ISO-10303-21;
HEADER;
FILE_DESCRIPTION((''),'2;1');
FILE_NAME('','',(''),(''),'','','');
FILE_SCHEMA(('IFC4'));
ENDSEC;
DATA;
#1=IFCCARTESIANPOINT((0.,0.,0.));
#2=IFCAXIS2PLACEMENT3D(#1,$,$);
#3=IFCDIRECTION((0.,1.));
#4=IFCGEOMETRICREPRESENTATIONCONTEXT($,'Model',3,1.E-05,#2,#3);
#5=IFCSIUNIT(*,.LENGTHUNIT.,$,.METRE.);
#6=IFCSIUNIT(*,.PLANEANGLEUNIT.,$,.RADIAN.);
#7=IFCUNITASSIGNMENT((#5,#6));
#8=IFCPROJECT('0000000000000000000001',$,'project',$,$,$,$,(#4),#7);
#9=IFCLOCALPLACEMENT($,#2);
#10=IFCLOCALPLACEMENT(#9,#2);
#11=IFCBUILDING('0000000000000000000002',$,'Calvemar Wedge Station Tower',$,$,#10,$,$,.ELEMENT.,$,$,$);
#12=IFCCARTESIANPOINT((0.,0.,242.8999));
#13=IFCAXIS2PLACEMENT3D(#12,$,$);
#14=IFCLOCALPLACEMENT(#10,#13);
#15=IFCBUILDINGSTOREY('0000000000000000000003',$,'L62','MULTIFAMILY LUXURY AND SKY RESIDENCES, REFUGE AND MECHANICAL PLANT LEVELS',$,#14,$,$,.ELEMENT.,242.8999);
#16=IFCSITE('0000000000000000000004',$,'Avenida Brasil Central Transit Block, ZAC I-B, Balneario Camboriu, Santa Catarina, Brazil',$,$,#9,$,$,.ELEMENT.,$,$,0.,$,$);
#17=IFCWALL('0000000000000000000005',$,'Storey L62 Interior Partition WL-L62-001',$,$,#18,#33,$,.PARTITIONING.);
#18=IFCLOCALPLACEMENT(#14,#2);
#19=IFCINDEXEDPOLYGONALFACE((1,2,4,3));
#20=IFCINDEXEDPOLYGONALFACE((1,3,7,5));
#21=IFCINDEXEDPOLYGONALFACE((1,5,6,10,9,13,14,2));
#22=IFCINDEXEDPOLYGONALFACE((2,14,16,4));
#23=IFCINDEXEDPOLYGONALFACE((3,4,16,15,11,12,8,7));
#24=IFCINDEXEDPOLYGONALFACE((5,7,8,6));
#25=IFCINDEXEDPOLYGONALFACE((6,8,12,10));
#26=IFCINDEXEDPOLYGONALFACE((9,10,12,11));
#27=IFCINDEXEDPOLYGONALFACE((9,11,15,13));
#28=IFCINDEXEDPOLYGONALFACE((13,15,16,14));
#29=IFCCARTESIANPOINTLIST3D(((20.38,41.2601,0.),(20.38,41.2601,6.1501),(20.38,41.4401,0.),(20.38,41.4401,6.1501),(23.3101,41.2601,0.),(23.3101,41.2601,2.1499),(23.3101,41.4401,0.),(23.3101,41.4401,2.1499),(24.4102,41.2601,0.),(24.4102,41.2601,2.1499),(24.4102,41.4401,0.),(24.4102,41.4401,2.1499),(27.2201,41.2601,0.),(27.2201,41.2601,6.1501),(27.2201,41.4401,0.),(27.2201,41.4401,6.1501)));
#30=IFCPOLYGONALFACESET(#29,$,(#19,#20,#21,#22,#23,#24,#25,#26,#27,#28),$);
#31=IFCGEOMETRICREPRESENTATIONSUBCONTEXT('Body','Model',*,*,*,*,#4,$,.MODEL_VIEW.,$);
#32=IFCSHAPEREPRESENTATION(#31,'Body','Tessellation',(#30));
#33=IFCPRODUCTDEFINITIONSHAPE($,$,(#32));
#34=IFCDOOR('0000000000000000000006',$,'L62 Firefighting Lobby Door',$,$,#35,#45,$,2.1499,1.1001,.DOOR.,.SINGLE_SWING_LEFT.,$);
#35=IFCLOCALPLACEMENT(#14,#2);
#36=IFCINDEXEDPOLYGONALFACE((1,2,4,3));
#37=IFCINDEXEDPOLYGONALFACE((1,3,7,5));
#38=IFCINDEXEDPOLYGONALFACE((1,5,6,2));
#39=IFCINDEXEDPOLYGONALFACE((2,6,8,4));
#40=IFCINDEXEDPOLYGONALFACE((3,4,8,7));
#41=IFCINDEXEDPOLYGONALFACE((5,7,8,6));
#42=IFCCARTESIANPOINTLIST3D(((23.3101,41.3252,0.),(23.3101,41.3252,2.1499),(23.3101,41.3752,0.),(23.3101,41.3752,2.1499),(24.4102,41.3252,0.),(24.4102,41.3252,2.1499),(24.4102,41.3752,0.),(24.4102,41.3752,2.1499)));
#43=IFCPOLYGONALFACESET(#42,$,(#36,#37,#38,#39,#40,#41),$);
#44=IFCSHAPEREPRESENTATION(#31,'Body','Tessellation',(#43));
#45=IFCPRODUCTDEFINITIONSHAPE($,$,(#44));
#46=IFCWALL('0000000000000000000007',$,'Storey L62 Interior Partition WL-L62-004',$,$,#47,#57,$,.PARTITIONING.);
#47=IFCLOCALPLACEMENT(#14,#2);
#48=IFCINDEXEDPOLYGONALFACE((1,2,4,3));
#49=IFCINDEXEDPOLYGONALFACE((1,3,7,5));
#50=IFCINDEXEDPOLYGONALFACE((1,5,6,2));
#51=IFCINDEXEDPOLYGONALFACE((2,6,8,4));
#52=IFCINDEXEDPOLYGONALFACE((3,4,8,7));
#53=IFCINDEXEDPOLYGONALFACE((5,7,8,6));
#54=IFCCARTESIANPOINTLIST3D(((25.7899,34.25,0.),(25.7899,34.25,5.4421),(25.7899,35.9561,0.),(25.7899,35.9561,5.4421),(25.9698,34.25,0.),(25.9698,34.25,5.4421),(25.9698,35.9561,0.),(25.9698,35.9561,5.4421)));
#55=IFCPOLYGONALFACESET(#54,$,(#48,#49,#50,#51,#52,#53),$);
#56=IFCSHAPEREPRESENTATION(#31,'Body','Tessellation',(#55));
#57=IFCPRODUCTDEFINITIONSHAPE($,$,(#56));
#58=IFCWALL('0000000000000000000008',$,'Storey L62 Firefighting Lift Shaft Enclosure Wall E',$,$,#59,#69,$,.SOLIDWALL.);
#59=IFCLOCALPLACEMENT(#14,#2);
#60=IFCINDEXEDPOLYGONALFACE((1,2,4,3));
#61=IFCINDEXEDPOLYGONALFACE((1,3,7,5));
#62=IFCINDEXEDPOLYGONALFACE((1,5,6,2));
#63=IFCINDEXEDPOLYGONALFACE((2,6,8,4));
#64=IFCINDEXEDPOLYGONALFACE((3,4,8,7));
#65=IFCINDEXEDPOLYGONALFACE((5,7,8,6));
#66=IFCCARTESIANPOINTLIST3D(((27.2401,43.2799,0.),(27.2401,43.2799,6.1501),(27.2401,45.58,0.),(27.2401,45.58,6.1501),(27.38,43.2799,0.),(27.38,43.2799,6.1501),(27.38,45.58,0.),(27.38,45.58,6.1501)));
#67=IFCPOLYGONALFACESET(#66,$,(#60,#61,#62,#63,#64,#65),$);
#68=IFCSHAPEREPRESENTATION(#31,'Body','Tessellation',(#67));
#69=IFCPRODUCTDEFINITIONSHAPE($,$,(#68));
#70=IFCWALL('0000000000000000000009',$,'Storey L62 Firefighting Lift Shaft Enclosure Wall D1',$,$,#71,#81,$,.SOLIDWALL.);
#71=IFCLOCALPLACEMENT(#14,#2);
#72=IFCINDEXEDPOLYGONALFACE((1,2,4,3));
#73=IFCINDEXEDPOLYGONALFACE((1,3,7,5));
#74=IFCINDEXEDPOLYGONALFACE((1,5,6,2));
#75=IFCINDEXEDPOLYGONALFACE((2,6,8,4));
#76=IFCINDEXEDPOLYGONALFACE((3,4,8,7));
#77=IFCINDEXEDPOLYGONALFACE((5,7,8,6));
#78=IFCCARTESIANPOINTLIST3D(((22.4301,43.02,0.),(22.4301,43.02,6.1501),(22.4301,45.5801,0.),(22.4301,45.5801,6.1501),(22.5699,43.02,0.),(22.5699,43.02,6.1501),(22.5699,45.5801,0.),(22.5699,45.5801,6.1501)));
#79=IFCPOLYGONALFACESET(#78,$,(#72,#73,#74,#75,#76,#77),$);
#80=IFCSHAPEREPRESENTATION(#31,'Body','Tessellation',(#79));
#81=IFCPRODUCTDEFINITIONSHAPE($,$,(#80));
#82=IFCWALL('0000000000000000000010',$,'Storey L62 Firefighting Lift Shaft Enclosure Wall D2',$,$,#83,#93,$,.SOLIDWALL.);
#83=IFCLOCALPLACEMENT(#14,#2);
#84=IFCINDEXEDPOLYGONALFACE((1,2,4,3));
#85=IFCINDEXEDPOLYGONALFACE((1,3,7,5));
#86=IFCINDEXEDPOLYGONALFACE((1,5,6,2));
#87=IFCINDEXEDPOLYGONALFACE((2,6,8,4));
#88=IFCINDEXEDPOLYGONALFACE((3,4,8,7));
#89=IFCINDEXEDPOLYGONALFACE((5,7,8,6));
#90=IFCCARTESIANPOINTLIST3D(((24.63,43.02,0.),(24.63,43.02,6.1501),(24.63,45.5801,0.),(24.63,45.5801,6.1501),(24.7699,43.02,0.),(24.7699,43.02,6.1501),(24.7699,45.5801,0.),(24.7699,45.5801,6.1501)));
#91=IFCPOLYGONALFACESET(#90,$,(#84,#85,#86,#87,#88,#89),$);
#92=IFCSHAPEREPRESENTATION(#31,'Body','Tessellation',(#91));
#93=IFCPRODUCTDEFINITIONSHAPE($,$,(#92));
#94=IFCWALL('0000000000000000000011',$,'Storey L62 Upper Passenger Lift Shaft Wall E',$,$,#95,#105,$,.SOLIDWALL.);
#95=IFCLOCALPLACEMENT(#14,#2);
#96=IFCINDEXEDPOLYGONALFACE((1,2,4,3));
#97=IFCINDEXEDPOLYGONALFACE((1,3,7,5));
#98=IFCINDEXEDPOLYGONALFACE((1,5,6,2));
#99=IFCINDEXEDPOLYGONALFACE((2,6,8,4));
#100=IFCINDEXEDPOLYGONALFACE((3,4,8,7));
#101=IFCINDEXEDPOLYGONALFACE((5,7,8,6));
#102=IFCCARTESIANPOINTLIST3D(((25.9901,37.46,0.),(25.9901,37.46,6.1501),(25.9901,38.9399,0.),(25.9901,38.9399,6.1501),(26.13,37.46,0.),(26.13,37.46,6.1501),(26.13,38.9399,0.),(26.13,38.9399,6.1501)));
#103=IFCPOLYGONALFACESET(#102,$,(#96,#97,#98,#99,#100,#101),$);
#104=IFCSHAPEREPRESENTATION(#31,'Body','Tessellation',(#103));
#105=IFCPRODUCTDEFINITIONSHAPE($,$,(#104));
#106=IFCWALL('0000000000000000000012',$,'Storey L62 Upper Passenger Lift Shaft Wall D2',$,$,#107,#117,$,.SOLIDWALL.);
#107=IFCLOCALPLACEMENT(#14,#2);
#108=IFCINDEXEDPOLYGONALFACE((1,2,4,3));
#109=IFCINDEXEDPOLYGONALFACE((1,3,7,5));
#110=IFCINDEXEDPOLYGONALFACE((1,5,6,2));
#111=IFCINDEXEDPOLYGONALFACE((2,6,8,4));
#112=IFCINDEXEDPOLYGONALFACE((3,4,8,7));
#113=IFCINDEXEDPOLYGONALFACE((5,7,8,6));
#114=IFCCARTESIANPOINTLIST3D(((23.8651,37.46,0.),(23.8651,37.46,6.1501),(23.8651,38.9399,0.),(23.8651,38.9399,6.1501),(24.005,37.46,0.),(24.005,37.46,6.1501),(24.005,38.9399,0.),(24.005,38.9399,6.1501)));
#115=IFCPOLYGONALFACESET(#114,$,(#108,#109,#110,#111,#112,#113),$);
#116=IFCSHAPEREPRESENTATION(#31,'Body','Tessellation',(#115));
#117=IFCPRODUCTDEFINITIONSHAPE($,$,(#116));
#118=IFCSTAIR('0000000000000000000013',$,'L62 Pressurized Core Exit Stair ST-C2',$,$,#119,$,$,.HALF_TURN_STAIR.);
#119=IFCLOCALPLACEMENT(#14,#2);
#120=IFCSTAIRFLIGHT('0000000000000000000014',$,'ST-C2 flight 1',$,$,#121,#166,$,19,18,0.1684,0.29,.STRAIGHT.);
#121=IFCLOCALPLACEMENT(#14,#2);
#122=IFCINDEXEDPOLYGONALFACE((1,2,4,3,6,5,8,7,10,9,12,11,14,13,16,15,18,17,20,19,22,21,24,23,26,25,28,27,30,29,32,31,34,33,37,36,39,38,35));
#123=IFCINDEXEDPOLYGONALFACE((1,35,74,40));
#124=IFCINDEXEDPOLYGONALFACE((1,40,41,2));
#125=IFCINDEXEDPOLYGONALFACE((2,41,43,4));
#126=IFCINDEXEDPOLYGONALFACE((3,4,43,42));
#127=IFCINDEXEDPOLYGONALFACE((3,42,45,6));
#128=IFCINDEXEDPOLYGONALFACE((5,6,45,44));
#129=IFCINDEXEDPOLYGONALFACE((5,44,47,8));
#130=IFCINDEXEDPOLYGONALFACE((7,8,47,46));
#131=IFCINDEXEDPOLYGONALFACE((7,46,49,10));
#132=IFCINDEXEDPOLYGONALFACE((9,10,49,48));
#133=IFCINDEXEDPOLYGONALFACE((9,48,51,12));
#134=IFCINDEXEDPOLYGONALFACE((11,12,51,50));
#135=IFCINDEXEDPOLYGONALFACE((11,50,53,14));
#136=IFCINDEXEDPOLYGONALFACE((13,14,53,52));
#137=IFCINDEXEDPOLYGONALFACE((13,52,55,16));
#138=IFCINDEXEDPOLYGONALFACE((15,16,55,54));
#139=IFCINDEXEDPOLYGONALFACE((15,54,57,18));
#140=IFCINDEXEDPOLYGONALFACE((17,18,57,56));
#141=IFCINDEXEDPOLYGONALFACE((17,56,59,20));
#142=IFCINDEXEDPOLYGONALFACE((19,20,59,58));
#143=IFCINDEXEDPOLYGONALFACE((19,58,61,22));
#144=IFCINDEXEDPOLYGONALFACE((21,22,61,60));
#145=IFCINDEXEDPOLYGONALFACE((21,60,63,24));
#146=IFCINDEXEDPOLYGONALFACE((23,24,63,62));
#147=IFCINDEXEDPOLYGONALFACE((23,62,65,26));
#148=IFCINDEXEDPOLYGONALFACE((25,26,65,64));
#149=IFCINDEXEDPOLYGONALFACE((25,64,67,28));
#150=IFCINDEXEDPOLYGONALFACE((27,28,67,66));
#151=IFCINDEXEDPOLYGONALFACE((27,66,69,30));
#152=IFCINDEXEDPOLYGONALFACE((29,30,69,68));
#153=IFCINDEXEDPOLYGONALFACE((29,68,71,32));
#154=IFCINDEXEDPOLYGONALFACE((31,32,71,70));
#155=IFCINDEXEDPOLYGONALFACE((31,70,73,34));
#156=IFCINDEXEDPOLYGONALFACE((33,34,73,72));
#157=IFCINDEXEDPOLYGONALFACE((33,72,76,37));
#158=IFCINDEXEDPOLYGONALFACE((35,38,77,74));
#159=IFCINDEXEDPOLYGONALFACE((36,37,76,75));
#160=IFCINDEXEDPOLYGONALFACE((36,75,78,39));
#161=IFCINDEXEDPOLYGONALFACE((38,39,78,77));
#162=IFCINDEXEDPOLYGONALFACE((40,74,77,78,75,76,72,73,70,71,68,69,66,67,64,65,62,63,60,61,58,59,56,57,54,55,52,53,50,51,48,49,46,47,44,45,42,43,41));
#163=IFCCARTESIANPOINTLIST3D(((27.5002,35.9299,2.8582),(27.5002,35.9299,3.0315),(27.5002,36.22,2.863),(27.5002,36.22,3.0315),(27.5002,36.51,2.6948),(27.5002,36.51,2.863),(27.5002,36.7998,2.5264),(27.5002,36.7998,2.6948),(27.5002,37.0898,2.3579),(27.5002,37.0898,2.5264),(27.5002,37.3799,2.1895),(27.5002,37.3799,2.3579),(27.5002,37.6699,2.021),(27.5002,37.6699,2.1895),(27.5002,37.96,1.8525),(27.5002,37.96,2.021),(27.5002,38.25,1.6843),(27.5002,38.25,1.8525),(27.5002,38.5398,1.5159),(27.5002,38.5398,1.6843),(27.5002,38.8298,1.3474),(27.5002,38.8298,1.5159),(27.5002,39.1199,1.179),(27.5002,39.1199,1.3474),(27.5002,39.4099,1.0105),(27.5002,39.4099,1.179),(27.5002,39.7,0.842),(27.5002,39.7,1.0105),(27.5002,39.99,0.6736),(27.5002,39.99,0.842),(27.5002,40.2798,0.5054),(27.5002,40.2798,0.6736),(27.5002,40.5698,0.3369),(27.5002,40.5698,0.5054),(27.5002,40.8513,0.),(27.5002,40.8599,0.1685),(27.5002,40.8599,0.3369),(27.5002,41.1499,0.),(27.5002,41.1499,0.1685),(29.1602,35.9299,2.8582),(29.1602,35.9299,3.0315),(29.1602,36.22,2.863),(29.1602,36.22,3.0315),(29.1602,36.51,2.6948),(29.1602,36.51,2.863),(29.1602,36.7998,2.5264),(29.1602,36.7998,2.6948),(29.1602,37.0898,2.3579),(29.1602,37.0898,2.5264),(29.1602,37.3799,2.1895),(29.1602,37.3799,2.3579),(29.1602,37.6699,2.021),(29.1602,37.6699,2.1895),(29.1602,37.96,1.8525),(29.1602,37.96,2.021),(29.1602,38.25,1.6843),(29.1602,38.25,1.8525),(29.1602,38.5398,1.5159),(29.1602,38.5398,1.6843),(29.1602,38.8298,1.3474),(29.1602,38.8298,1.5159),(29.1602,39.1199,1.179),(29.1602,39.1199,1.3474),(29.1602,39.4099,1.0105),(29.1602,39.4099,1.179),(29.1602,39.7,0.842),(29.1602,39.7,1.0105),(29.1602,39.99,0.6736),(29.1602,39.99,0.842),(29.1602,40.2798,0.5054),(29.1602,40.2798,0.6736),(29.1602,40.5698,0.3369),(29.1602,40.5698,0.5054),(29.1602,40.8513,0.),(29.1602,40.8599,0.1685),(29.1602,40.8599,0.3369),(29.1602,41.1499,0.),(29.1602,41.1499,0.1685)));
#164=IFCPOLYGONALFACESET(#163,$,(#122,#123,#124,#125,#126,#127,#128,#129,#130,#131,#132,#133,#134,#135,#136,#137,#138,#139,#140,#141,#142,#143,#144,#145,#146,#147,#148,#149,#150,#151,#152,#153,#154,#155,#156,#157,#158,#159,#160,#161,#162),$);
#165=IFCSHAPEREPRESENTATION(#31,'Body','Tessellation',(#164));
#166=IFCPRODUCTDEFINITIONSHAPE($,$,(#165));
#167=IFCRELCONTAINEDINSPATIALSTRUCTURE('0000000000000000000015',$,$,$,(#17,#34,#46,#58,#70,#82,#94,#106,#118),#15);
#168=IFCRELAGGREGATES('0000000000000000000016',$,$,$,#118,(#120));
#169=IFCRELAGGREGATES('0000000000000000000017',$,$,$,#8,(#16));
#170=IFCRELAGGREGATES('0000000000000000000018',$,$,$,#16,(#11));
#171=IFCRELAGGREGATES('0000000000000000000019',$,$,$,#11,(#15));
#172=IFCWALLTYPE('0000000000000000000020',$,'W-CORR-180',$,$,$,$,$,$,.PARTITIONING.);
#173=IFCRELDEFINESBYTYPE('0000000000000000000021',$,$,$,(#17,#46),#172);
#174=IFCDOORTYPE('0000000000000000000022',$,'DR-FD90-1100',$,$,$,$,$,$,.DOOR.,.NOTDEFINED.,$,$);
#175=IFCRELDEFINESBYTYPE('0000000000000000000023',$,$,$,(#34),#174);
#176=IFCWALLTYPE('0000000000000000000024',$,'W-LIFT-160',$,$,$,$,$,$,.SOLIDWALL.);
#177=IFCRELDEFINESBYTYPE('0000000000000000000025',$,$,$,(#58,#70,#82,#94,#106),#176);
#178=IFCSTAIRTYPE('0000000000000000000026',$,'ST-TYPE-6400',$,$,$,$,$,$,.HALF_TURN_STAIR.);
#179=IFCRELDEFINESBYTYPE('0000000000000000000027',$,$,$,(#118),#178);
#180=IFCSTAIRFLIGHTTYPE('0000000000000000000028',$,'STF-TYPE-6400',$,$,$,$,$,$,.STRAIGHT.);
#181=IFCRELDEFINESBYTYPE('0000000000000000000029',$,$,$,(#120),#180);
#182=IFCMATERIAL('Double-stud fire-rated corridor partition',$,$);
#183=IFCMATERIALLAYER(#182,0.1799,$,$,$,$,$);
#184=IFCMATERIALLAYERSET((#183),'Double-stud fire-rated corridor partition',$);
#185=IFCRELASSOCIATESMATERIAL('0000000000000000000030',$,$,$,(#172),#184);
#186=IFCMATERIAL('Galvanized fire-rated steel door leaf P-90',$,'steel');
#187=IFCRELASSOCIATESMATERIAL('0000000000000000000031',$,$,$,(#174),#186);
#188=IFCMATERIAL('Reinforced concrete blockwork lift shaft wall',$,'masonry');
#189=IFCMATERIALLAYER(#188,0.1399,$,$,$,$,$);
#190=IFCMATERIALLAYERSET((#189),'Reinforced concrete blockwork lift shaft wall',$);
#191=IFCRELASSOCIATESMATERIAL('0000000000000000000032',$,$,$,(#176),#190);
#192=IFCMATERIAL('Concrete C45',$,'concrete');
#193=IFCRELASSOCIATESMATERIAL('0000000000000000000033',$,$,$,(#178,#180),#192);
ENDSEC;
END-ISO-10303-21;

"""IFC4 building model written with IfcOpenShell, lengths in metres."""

from ifc_helpers import new_model, si_unit, direction, frame, frame_2d, origin, place, context, subcontext, project, spatial, polyline, rectangle, outline, extrude, source, transform, mapped, material, layer, layer_set, type_object, element, fill, aggregate, save


model = new_model("IFC4")

# Units and contexts
model_context = context("Model", 3, precision=1e-05, world=origin(), true_north=direction((0.0, 1.0)))
body_context = subcontext(model_context, "Body", "Model", "MODEL_VIEW")
ifc_project = project(units=[si_unit("LENGTHUNIT", "METRE"), si_unit("PLANEANGLEUNIT", "RADIAN")], contexts=[model_context])

# Site, building, storey
site_placement = place(None, origin())
site = spatial("IfcSite", under=ifc_project, at=site_placement, Name="Avenida Brasil Central Transit Block, ZAC I-B, Balneario Camboriu, Santa Catarina, Brazil", CompositionType="ELEMENT", RefElevation=0.0)
building_placement = place(site_placement, origin())
building = spatial("IfcBuilding", under=site, at=building_placement, Name="Calvemar Wedge Station Tower", CompositionType="ELEMENT")
storey_placement = place(building_placement, frame((0.0, 0.0, 242.8999)))
storey = spatial("IfcBuildingStorey", under=building, at=storey_placement, Name="L62", Description="MULTIFAMILY LUXURY AND SKY RESIDENCES, REFUGE AND MECHANICAL PLANT LEVELS", CompositionType="ELEMENT", Elevation=242.8999)

# Wall, opening, door
ifc_material_1 = material(Name="Double-stud fire-rated corridor partition")
ifc_layer_1 = layer(ifc_material_1, 0.1799)
ifc_layer_set_1 = layer_set([ifc_layer_1], Name="Double-stud fire-rated corridor partition")
wall_type_1 = type_object("IfcWallType", Name="W-CORR-180", PredefinedType="PARTITIONING", material=ifc_layer_set_1)
wall_1_placement = place(storey_placement, frame((27.22, 41.3501, 0.0), z_axis=(0.0, 0.0, 1.0), x_axis=(-1.0, 0.0, 0.0)))
wall_1 = element("IfcWall", 1, at=wall_1_placement, inside=storey, type_object=wall_type_1, Name="Storey L62 Interior Partition WL-L62-001", PredefinedType="PARTITIONING", context=body_context, shape_type="SweptSolid", body=[
    extrude(rectangle(XDim=6.8401, YDim=0.1799, at=frame_2d((3.4199, 0.0))), origin(), (0.0, 0.0, 1.0), 6.1501),
])
shared_shape_1 = source(origin(), body_context, "Body", "SweptSolid", [
    extrude(rectangle(XDim=1.1001, YDim=2.1499, at=frame_2d((0.55, 1.075))), frame((0.0, 0.1001, 0.0), z_axis=(0.0, -1.0, 0.0), x_axis=(1.0, 0.0, 0.0)), (0.0, 0.0, 1.0), 0.2),
])
opening_1_placement = place(wall_1_placement, frame((2.8098, 0.0, 0.0)))
opening_1 = element("IfcOpeningElement", 2, at=opening_1_placement, cuts=wall_1, PredefinedType="OPENING", context=body_context, shape_type="MappedRepresentation", body=[
    mapped(shared_shape_1, transform((0.0, 0.0, 0.0), scale=1.0)),
])
ifc_material_2 = material(Name="Galvanized fire-rated steel door leaf P-90", Category="steel")
door_type_1 = type_object("IfcDoorType", Name="DR-FD90-1100", OperationType="NOTDEFINED", PredefinedType="DOOR", material=ifc_material_2)
shared_shape_2 = source(origin(), body_context, "Body", "SweptSolid", [
    extrude(rectangle(XDim=1.1001, YDim=2.1499, at=frame_2d((0.55, 1.075))), frame((0.0, 0.0249, 0.0), z_axis=(0.0, -1.0, 0.0), x_axis=(1.0, 0.0, 0.0)), (0.0, 0.0, 1.0), 0.05),
])
door_1_placement = place(opening_1_placement, origin())
door_1 = element("IfcDoor", 3, at=door_1_placement, inside=storey, type_object=door_type_1, Name="L62 Firefighting Lobby Door", OperationType="SINGLE_SWING_LEFT", OverallHeight=2.1499, OverallWidth=1.1001, PredefinedType="DOOR", context=body_context, shape_type="MappedRepresentation", body=[
    mapped(shared_shape_2, transform((0.0, 0.0, 0.0), scale=1.0)),
])
fill(opening_1, door_1)

# Walls
wall_2_placement = place(storey_placement, frame((25.8799, 35.9561, 0.0), z_axis=(0.0, 0.0, 1.0), x_axis=(0.0, -1.0, 0.0)))
element("IfcWall", 4, at=wall_2_placement, inside=storey, type_object=wall_type_1, Name="Storey L62 Interior Partition WL-L62-004", PredefinedType="PARTITIONING", context=body_context, shape_type="SweptSolid", body=[
    extrude(rectangle(XDim=1.7061, YDim=0.1799, at=frame_2d((0.853, 0.0))), origin(), (0.0, 0.0, 1.0), 5.4421),
])
ifc_material_3 = material(Name="Reinforced concrete blockwork lift shaft wall", Category="masonry")
ifc_layer_2 = layer(ifc_material_3, 0.1399)
ifc_layer_set_2 = layer_set([ifc_layer_2], Name="Reinforced concrete blockwork lift shaft wall")
wall_type_2 = type_object("IfcWallType", Name="W-LIFT-160", PredefinedType="SOLIDWALL", material=ifc_layer_set_2)
wall_3_placement = place(storey_placement, frame((27.3101, 43.28, 0.0), z_axis=(0.0, 0.0, 1.0), x_axis=(0.0, 1.0, 0.0)))
element("IfcWall", 5, at=wall_3_placement, inside=storey, type_object=wall_type_2, Name="Storey L62 Firefighting Lift Shaft Enclosure Wall E", PredefinedType="SOLIDWALL", context=body_context, shape_type="SweptSolid", body=[
    extrude(rectangle(XDim=2.3, YDim=0.1399, at=frame_2d((1.1499, 0.0))), origin(), (0.0, 0.0, 1.0), 6.1501),
])
for number, where, z_axis, x_axis, name in (
    (6, (22.5, 43.02, 0.0), (0.0, 0.0, 1.0), (0.0, 1.0, 0.0), "Storey L62 Firefighting Lift Shaft Enclosure Wall D1"),
    (7, (24.7, 43.02, 0.0), (0.0, 0.0, 1.0), (0.0, 1.0, 0.0), "Storey L62 Firefighting Lift Shaft Enclosure Wall D2"),
):
    element("IfcWall", number, at=place(storey_placement, frame(where, z_axis=z_axis, x_axis=x_axis)), inside=storey, type_object=wall_type_2, Name=name, PredefinedType="SOLIDWALL", context=body_context, shape_type="SweptSolid", body=[
        extrude(rectangle(XDim=2.5601, YDim=0.1399, at=frame_2d((1.28, 0.0))), origin(), (0.0, 0.0, 1.0), 6.1501),
    ])
for number, where, z_axis, x_axis, name in (
    (8, (26.0601, 37.46, 0.0), (0.0, 0.0, 1.0), (0.0, 1.0, 0.0), "Storey L62 Upper Passenger Lift Shaft Wall E"),
    (9, (23.9351, 37.46, 0.0), (0.0, 0.0, 1.0), (0.0, 1.0, 0.0), "Storey L62 Upper Passenger Lift Shaft Wall D2"),
):
    element("IfcWall", number, at=place(storey_placement, frame(where, z_axis=z_axis, x_axis=x_axis)), inside=storey, type_object=wall_type_2, Name=name, PredefinedType="SOLIDWALL", context=body_context, shape_type="SweptSolid", body=[
        extrude(rectangle(XDim=1.48, YDim=0.1399, at=frame_2d((0.74, 0.0))), origin(), (0.0, 0.0, 1.0), 6.1501),
    ])

# Stair, stair flight
ifc_material_4 = material(Name="Concrete C45", Category="concrete")
stair_type = type_object("IfcStairType", Name="ST-TYPE-6400", PredefinedType="HALF_TURN_STAIR", material=ifc_material_4)
stair_placement = place(storey_placement, origin())
stair = element("IfcStair", 10, at=stair_placement, inside=storey, type_object=stair_type, Name="L62 Pressurized Core Exit Stair ST-C2", PredefinedType="HALF_TURN_STAIR")
stair_flight_type = type_object("IfcStairFlightType", Name="STF-TYPE-6400", PredefinedType="STRAIGHT", material=ifc_material_4)
stair_flight_placement = place(storey_placement, frame((28.3301, 41.1499, 0.0), z_axis=(0.0, 0.0, 1.0), x_axis=(0.0, -1.0, 0.0)))
stair_flight = element("IfcStairFlight", 11, at=stair_flight_placement, type_object=stair_flight_type, Name="ST-C2 flight 1", NumberOfRisers=19, NumberOfTreads=18, PredefinedType="STRAIGHT", RiserHeight=0.1684, TreadLength=0.29, context=body_context, shape_type="SweptSolid", body=[
    extrude(outline(polyline([(0.0, 0.0), (0.0, 0.1685), (0.29, 0.1685), (0.29, 0.3369), (0.5801, 0.3369), (0.5801, 0.5054), (0.8701, 0.5054), (0.8701, 0.6736), (1.1599, 0.6736), (1.1599, 0.842), (1.45, 0.842), (1.45, 1.0105), (1.74, 1.0105), (1.74, 1.179), (2.03, 1.179), (2.03, 1.3474), (2.3201, 1.3474), (2.3201, 1.5159), (2.6101, 1.5159), (2.6101, 1.6843), (2.8999, 1.6843), (2.8999, 1.8525), (3.1899, 1.8525), (3.1899, 2.021), (3.48, 2.021), (3.48, 2.1895), (3.77, 2.1895), (3.77, 2.3579), (4.0601, 2.3579), (4.0601, 2.5264), (4.3501, 2.5264), (4.3501, 2.6948), (4.6399, 2.6948), (4.6399, 2.863), (4.9299, 2.863), (4.9299, 3.0315), (5.22, 3.0315), (5.22, 3.2), (5.22, 2.8582), (0.2986, 0.0), (0.0, 0.0)])), frame((0.0, 0.8301, 0.0), z_axis=(0.0, -1.0, 0.0), x_axis=(1.0, 0.0, 0.0)), (0.0, 0.0, 1.0), 1.6599),
])
aggregate(stair, [stair_flight])

save(model, "model.ifc")
